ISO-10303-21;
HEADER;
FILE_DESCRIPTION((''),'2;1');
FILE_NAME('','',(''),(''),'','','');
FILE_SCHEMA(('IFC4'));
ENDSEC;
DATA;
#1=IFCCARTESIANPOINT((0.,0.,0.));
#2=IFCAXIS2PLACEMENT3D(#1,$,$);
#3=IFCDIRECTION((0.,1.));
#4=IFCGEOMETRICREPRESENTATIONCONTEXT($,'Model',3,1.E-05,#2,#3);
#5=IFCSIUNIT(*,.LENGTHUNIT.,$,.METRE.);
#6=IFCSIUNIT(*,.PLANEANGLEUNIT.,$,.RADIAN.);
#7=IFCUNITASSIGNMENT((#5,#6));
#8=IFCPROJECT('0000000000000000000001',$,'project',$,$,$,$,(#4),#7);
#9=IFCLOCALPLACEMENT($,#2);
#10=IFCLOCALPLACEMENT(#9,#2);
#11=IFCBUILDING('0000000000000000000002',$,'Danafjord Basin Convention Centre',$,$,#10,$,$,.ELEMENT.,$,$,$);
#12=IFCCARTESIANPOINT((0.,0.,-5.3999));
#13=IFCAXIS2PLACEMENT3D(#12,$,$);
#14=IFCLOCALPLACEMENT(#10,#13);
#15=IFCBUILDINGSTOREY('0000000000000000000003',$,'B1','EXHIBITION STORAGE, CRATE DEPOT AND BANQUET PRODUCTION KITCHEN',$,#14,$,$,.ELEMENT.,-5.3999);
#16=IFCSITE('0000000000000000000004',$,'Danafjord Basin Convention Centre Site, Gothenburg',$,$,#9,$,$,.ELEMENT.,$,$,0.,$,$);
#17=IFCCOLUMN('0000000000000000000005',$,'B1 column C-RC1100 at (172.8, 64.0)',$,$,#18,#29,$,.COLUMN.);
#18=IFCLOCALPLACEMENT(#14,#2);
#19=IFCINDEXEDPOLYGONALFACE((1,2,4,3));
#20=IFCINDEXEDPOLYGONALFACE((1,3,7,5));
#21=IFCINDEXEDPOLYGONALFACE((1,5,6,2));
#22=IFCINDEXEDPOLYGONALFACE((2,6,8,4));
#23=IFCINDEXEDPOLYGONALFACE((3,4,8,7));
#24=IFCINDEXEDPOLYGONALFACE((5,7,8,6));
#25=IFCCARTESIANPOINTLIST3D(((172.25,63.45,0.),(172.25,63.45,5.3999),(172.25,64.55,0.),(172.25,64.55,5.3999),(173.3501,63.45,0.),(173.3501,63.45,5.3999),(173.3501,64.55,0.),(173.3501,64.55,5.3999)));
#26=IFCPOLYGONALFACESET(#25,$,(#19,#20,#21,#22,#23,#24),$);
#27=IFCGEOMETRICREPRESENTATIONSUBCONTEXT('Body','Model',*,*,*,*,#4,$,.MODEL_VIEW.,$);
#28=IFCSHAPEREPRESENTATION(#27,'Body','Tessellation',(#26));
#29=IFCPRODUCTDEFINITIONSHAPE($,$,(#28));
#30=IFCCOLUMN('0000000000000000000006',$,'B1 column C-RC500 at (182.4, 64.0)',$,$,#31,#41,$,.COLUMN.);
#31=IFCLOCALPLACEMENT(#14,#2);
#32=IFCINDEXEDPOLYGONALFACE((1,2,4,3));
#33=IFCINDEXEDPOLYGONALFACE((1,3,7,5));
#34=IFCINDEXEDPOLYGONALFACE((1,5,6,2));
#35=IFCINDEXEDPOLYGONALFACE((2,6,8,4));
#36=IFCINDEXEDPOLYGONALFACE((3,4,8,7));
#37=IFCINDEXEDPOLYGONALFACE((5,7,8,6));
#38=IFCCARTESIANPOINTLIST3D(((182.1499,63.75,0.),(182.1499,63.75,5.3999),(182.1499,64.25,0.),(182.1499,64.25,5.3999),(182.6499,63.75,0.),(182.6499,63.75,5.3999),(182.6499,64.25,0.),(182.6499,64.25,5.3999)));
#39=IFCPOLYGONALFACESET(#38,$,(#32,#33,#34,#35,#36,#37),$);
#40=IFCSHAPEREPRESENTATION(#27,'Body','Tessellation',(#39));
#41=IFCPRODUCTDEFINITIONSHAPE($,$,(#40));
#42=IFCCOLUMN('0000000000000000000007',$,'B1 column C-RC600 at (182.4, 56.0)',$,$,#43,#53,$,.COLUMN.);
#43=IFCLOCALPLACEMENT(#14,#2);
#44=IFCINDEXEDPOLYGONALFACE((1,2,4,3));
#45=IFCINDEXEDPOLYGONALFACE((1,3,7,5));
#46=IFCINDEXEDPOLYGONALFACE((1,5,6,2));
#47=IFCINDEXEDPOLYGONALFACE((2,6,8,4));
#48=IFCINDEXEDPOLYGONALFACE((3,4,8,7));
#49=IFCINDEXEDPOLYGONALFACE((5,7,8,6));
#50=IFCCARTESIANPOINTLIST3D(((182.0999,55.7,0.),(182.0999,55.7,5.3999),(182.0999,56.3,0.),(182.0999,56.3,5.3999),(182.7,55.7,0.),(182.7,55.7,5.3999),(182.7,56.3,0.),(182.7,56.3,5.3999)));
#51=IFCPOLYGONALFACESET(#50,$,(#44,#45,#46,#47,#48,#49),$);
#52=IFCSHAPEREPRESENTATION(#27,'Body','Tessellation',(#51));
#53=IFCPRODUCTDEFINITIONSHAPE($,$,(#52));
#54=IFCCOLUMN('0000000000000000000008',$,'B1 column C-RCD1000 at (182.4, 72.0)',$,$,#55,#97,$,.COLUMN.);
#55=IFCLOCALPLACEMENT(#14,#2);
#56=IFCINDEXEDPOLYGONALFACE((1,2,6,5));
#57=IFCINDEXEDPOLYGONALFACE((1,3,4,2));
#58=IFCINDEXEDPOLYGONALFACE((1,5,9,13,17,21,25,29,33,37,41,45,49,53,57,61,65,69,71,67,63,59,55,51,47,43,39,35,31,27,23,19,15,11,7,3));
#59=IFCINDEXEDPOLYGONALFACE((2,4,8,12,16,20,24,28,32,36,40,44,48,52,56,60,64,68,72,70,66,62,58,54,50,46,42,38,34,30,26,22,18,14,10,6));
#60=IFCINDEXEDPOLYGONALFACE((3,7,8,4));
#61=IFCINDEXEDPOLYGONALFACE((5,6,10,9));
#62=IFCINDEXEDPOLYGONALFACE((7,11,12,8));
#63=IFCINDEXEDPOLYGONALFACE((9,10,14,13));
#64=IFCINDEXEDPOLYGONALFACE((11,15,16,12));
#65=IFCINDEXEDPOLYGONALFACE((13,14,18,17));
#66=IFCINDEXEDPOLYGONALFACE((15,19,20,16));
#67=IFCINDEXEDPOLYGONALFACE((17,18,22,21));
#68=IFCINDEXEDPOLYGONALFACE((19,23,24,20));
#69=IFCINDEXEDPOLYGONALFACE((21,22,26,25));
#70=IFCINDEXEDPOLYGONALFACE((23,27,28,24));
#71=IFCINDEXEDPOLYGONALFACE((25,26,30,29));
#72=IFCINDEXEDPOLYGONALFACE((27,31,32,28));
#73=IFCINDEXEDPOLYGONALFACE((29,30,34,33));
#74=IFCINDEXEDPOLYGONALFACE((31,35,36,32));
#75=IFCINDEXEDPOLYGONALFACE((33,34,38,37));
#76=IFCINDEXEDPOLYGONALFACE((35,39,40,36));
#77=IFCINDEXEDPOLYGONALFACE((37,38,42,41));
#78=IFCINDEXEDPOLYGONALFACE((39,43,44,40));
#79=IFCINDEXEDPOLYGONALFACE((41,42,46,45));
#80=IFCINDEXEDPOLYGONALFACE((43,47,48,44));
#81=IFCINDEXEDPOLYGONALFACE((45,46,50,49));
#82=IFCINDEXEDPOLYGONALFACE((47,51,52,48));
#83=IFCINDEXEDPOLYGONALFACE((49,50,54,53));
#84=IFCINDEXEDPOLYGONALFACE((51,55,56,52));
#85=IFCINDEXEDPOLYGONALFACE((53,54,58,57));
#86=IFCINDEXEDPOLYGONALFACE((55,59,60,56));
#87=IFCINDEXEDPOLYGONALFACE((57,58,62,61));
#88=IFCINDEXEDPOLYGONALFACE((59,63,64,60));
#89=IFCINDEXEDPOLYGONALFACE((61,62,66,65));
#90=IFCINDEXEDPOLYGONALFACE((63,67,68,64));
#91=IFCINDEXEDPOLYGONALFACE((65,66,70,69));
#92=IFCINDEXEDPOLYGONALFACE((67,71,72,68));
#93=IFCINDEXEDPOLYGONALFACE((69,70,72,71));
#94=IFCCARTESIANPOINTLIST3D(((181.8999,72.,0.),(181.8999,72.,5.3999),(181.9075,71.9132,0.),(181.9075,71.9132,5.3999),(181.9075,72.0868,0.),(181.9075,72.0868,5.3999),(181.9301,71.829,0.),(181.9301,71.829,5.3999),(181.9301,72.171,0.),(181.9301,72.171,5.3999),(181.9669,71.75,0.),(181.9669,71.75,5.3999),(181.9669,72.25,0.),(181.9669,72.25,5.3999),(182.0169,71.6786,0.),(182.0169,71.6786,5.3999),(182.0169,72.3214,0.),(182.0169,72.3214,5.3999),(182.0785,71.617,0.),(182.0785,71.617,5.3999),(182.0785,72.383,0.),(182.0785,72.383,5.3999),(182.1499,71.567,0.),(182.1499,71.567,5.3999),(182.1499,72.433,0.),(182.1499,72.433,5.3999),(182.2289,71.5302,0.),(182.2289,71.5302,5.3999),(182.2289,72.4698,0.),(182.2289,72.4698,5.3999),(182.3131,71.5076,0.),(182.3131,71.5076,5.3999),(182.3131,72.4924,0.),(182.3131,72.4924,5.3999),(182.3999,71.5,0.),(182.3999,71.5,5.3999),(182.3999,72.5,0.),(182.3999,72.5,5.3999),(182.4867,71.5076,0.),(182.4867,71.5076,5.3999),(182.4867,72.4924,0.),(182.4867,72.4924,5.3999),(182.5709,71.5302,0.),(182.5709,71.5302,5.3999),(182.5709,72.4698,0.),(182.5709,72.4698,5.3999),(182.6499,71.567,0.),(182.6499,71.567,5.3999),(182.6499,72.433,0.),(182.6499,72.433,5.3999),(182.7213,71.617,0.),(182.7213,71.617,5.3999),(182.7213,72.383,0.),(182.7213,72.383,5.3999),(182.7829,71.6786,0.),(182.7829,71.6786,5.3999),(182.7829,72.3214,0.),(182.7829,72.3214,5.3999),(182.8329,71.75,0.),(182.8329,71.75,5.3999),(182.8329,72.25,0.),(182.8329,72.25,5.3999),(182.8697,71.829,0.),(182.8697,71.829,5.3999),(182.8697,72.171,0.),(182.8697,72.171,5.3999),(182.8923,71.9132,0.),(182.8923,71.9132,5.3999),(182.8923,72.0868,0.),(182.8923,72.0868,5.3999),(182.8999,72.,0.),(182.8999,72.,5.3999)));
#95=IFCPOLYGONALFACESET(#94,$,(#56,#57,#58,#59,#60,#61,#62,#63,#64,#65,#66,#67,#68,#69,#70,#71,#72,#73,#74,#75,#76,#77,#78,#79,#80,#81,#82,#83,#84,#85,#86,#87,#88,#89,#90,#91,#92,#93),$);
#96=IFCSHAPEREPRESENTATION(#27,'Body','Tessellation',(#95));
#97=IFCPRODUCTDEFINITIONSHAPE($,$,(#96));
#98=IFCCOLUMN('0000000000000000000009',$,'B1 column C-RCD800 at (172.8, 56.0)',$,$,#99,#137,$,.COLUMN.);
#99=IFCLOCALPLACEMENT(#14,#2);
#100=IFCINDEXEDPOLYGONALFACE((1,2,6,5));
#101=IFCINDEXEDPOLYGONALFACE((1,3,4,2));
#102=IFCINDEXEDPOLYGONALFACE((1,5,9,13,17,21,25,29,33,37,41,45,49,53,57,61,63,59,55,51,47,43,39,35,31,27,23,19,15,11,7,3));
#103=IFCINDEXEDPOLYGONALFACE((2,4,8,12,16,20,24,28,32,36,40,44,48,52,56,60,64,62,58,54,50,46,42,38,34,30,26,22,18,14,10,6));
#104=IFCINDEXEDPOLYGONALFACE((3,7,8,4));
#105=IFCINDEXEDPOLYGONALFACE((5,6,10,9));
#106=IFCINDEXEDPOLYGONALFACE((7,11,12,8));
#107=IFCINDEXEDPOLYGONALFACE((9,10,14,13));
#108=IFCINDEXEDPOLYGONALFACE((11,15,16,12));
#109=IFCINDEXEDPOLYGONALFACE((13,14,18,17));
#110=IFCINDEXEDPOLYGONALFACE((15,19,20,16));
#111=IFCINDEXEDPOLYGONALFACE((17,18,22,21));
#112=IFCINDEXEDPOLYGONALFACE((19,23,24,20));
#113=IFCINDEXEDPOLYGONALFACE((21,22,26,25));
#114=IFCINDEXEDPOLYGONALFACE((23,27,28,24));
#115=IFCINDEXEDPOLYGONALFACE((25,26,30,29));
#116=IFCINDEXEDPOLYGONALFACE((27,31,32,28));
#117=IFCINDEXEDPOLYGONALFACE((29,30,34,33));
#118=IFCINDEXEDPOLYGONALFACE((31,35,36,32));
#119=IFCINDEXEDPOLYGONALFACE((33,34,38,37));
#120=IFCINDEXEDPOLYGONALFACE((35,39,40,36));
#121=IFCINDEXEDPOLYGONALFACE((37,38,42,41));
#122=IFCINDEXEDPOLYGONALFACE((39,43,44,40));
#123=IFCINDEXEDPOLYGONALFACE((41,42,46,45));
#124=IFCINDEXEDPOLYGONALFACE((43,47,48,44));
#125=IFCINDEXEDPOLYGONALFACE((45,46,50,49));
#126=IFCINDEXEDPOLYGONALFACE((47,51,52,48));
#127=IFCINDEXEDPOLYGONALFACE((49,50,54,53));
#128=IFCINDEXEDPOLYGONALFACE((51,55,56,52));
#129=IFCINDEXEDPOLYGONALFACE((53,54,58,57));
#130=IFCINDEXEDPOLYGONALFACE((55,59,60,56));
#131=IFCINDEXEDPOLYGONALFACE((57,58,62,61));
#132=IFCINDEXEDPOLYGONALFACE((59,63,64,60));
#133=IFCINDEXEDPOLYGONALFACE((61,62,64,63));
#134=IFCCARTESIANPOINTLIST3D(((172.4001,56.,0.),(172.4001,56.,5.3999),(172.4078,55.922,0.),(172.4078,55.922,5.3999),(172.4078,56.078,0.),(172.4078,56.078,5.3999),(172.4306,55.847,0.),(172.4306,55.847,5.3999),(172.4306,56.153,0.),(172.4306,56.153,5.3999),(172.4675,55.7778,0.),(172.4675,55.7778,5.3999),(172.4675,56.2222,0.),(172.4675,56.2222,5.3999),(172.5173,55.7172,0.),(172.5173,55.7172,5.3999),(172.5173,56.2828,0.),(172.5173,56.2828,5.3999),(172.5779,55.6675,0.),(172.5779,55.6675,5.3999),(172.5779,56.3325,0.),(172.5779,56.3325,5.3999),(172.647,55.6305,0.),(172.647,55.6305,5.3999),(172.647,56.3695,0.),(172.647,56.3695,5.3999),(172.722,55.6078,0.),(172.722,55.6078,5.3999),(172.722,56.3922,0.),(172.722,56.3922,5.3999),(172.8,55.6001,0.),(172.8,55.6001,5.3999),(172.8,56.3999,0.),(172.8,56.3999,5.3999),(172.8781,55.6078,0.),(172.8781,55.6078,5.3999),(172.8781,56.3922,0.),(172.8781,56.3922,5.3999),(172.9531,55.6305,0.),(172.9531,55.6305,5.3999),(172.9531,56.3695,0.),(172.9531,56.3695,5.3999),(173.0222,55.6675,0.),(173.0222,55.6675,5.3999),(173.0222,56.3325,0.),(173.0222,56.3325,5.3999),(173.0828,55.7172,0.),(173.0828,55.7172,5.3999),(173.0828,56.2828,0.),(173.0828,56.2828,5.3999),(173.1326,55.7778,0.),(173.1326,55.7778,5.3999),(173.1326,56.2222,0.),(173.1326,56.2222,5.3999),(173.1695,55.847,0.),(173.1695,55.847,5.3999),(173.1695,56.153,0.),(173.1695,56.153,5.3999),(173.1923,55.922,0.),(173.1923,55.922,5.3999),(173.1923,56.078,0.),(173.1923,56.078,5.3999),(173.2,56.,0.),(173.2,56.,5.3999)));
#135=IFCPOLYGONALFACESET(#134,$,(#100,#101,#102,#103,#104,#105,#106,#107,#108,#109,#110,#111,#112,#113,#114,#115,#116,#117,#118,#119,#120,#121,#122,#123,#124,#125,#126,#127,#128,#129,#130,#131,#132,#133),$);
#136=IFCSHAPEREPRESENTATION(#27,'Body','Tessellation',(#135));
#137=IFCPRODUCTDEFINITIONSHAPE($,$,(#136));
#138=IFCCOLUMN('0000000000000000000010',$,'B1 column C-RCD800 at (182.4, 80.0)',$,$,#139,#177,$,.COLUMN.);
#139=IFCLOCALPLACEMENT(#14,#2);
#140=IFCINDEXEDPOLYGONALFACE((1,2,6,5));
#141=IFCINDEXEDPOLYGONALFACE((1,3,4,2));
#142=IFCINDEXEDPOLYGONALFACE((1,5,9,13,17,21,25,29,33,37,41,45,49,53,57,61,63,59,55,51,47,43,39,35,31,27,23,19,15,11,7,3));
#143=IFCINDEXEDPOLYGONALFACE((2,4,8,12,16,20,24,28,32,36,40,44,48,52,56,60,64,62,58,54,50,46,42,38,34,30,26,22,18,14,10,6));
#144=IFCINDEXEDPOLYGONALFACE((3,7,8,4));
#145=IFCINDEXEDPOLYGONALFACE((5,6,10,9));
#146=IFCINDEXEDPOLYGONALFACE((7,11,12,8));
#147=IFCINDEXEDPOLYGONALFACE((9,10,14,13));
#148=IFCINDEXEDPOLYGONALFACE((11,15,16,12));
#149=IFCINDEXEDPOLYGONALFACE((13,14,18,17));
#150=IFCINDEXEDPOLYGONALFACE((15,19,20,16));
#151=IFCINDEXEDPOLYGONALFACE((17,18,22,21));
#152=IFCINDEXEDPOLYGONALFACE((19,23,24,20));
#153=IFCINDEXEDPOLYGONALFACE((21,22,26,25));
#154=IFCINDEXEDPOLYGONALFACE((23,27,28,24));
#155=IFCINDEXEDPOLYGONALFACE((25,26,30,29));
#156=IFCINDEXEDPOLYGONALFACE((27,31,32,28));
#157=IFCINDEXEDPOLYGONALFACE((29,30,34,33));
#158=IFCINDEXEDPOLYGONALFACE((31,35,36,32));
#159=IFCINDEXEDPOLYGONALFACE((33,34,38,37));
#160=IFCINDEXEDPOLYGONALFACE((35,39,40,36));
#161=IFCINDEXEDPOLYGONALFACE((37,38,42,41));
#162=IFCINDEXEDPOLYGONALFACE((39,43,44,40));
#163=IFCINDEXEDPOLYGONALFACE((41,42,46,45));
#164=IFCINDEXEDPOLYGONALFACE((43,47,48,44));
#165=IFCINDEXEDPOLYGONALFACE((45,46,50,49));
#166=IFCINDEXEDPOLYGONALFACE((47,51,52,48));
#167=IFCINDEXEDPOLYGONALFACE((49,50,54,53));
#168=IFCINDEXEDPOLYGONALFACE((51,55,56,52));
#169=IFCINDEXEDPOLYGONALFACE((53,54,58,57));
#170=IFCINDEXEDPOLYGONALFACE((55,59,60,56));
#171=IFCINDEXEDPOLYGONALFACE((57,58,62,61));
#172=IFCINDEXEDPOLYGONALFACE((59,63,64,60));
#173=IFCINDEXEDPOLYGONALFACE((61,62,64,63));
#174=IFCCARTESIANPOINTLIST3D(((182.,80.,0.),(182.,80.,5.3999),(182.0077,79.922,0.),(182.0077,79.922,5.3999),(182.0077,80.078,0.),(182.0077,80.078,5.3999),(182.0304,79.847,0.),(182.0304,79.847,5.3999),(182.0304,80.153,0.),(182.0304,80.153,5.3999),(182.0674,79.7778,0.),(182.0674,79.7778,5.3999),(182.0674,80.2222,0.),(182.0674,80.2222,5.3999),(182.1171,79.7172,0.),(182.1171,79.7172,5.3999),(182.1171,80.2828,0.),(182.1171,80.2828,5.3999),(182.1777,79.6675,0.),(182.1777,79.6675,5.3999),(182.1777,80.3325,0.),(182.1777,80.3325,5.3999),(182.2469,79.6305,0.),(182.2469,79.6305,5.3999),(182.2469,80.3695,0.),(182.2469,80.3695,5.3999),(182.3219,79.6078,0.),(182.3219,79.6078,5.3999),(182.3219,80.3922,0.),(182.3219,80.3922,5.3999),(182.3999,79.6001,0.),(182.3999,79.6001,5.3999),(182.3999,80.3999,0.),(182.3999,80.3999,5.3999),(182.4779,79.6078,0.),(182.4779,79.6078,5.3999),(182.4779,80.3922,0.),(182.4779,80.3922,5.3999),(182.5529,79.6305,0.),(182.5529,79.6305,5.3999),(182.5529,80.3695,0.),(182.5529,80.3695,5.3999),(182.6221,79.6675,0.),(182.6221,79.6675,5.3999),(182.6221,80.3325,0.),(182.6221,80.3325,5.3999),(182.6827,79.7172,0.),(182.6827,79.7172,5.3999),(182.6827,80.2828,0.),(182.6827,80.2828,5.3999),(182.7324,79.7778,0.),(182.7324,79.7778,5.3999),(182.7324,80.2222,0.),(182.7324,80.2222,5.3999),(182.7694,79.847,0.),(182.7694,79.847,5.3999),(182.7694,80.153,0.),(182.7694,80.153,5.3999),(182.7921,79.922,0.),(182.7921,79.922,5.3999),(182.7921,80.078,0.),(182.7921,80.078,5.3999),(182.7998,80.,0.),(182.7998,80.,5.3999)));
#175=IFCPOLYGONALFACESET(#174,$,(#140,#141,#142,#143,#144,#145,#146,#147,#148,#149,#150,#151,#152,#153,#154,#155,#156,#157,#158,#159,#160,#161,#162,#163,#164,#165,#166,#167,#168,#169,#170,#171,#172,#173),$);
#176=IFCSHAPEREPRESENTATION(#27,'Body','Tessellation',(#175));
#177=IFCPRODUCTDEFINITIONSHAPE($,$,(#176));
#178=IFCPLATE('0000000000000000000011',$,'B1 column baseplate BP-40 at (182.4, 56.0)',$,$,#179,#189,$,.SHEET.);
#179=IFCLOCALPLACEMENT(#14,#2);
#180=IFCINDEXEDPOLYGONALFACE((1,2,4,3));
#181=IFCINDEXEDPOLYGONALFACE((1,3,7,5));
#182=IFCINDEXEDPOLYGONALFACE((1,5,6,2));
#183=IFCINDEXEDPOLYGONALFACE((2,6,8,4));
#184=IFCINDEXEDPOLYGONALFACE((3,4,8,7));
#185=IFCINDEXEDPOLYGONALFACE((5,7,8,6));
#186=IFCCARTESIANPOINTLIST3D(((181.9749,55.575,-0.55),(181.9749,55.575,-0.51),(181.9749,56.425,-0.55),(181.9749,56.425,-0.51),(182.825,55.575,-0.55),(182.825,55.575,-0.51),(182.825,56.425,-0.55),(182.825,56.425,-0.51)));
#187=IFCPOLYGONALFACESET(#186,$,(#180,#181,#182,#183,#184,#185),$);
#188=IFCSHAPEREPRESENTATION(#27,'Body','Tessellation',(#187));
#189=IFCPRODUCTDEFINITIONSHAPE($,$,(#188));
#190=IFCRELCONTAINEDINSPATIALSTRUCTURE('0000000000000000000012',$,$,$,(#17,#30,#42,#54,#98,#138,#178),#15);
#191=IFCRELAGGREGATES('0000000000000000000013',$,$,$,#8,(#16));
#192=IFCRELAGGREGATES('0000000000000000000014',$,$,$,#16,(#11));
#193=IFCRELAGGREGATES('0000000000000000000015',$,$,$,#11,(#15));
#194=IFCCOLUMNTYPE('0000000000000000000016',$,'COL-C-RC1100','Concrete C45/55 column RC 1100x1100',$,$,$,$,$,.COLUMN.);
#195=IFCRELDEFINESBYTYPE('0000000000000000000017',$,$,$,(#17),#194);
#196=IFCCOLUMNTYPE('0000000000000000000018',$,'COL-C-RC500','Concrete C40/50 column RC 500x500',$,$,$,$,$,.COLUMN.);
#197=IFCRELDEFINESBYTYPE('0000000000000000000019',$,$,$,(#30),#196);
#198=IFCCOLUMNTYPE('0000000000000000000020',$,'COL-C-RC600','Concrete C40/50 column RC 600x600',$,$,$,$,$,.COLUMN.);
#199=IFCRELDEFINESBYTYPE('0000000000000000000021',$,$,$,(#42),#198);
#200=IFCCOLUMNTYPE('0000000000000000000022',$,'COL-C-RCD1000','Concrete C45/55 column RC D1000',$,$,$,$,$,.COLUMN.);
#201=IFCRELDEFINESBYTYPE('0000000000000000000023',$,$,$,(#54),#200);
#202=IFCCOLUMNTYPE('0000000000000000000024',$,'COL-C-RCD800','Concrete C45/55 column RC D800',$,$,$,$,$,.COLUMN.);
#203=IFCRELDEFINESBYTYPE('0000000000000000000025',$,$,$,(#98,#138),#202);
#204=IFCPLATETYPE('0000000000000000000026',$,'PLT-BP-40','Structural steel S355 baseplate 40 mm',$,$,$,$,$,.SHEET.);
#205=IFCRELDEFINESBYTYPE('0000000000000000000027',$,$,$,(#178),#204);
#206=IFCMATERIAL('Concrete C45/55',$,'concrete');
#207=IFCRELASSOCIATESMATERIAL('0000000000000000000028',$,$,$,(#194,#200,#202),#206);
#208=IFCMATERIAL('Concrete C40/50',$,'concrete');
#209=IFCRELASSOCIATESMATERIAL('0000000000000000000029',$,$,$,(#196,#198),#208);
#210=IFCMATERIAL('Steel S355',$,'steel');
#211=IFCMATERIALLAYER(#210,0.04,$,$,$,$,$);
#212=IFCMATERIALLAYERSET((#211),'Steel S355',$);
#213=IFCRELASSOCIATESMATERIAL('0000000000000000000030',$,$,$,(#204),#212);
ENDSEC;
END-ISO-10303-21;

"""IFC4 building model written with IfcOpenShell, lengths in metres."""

from ifc_helpers import new_model, si_unit, direction, frame, origin, origin_2d, place, context, subcontext, project, spatial, rectangle, circle, extrude, material, layer, layer_set, material_profile, profile_set, type_object, element, save


model = new_model("IFC4")

# Units and contexts
model_context = context("Model", 3, precision=1e-05, world=origin(), true_north=direction((0.0, 1.0)))
body_context = subcontext(model_context, "Body", "Model", "MODEL_VIEW")
ifc_project = project(units=[si_unit("LENGTHUNIT", "METRE"), si_unit("PLANEANGLEUNIT", "RADIAN")], contexts=[model_context])

# Site, building, storey
site_placement = place(None, origin())
site = spatial("IfcSite", under=ifc_project, at=site_placement, Name="Danafjord Basin Convention Centre Site, Gothenburg", CompositionType="ELEMENT", RefElevation=0.0)
building_placement = place(site_placement, origin())
building = spatial("IfcBuilding", under=site, at=building_placement, Name="Danafjord Basin Convention Centre", CompositionType="ELEMENT")
storey_placement = place(building_placement, frame((0.0, 0.0, -5.3999)))
storey = spatial("IfcBuildingStorey", under=building, at=storey_placement, Name="B1", Description="EXHIBITION STORAGE, CRATE DEPOT AND BANQUET PRODUCTION KITCHEN", CompositionType="ELEMENT", Elevation=-5.3999)

# Shared definitions
ifc_material_1 = material(Name="Concrete C40/50", Category="concrete")

# Columns
ifc_material_2 = material(Name="Concrete C45/55", Category="concrete")
ifc_material_profile_1 = material_profile(ifc_material_2, rectangle(XDim=1.1001, YDim=1.1001, at=origin_2d()), Name="RC 1100x1100")
ifc_profile_set_1 = profile_set([ifc_material_profile_1], Name="Concrete C45/55")
column_type_1 = type_object("IfcColumnType", Name="COL-C-RC1100", Description="Concrete C45/55 column RC 1100x1100", PredefinedType="COLUMN", material=ifc_profile_set_1)
column_1_placement = place(storey_placement, frame((172.8, 64.0, 0.0), z_axis=(0.0, 0.0, 1.0), x_axis=(1.0, 0.0, 0.0)))
element("IfcColumn", 1, at=column_1_placement, inside=storey, type_object=column_type_1, Name="B1 column C-RC1100 at (172.8, 64.0)", PredefinedType="COLUMN", context=body_context, shape_type="SweptSolid", body=[
    extrude(rectangle(XDim=1.1001, YDim=1.1001, at=origin_2d()), origin(), (0.0, 0.0, 1.0), 5.3999),
])
ifc_material_profile_2 = material_profile(ifc_material_1, rectangle(XDim=0.5, YDim=0.5, at=origin_2d()), Name="RC 500x500")
ifc_profile_set_2 = profile_set([ifc_material_profile_2], Name="Concrete C40/50")
column_type_2 = type_object("IfcColumnType", Name="COL-C-RC500", Description="Concrete C40/50 column RC 500x500", PredefinedType="COLUMN", material=ifc_profile_set_2)
column_2_placement = place(storey_placement, frame((182.3999, 64.0, 0.0), z_axis=(0.0, 0.0, 1.0), x_axis=(1.0, 0.0, 0.0)))
element("IfcColumn", 2, at=column_2_placement, inside=storey, type_object=column_type_2, Name="B1 column C-RC500 at (182.4, 64.0)", PredefinedType="COLUMN", context=body_context, shape_type="SweptSolid", body=[
    extrude(rectangle(XDim=0.5, YDim=0.5, at=origin_2d()), origin(), (0.0, 0.0, 1.0), 5.3999),
])
ifc_material_profile_3 = material_profile(ifc_material_1, rectangle(XDim=0.6001, YDim=0.6001, at=origin_2d()), Name="RC 600x600")
ifc_profile_set_3 = profile_set([ifc_material_profile_3], Name="Concrete C40/50")
column_type_3 = type_object("IfcColumnType", Name="COL-C-RC600", Description="Concrete C40/50 column RC 600x600", PredefinedType="COLUMN", material=ifc_profile_set_3)
column_3_placement = place(storey_placement, frame((182.3999, 56.0, 0.0), z_axis=(0.0, 0.0, 1.0), x_axis=(1.0, 0.0, 0.0)))
element("IfcColumn", 3, at=column_3_placement, inside=storey, type_object=column_type_3, Name="B1 column C-RC600 at (182.4, 56.0)", PredefinedType="COLUMN", context=body_context, shape_type="SweptSolid", body=[
    extrude(rectangle(XDim=0.6001, YDim=0.6001, at=origin_2d()), origin(), (0.0, 0.0, 1.0), 5.3999),
])
ifc_material_profile_4 = material_profile(ifc_material_2, circle(Radius=0.5, at=origin_2d()), Name="RC D1000")
ifc_profile_set_4 = profile_set([ifc_material_profile_4], Name="Concrete C45/55")
column_type_4 = type_object("IfcColumnType", Name="COL-C-RCD1000", Description="Concrete C45/55 column RC D1000", PredefinedType="COLUMN", material=ifc_profile_set_4)
column_4_placement = place(storey_placement, frame((182.3999, 72.0, 0.0), z_axis=(0.0, 0.0, 1.0), x_axis=(1.0, 0.0, 0.0)))
element("IfcColumn", 4, at=column_4_placement, inside=storey, type_object=column_type_4, Name="B1 column C-RCD1000 at (182.4, 72.0)", PredefinedType="COLUMN", context=body_context, shape_type="SweptSolid", body=[
    extrude(circle(Radius=0.5, at=origin_2d()), origin(), (0.0, 0.0, 1.0), 5.3999),
])
ifc_material_profile_5 = material_profile(ifc_material_2, circle(Radius=0.3999, at=origin_2d()), Name="RC D800")
ifc_profile_set_5 = profile_set([ifc_material_profile_5], Name="Concrete C45/55")
column_type_5 = type_object("IfcColumnType", Name="COL-C-RCD800", Description="Concrete C45/55 column RC D800", PredefinedType="COLUMN", material=ifc_profile_set_5)
for number, where, z_axis, x_axis, name in (
    (5, (172.8, 56.0, 0.0), (0.0, 0.0, 1.0), (1.0, 0.0, 0.0), "B1 column C-RCD800 at (172.8, 56.0)"),
    (6, (182.3999, 80.0, 0.0), (0.0, 0.0, 1.0), (1.0, 0.0, 0.0), "B1 column C-RCD800 at (182.4, 80.0)"),
):
    element("IfcColumn", number, at=place(storey_placement, frame(where, z_axis=z_axis, x_axis=x_axis)), inside=storey, type_object=column_type_5, Name=name, PredefinedType="COLUMN", context=body_context, shape_type="SweptSolid", body=[
        extrude(circle(Radius=0.3999, at=origin_2d()), origin(), (0.0, 0.0, 1.0), 5.3999),
    ])

# Plate
ifc_material_3 = material(Name="Steel S355", Category="steel")
ifc_layer_1 = layer(ifc_material_3, 0.04)
ifc_layer_set_1 = layer_set([ifc_layer_1], Name="Steel S355")
plate_type = type_object("IfcPlateType", Name="PLT-BP-40", Description="Structural steel S355 baseplate 40 mm", PredefinedType="SHEET", material=ifc_layer_set_1)
plate_placement = place(storey_placement, frame((182.3999, 56.0, -0.55), z_axis=(0.0, 0.0, 1.0), x_axis=(1.0, 0.0, 0.0)))
element("IfcPlate", 7, at=plate_placement, inside=storey, type_object=plate_type, Name="B1 column baseplate BP-40 at (182.4, 56.0)", PredefinedType="SHEET", context=body_context, shape_type="SweptSolid", body=[
    extrude(rectangle(XDim=0.8501, YDim=0.8501, at=origin_2d()), origin(), (0.0, 0.0, 1.0), 0.04),
])

save(model, "model.ifc")
